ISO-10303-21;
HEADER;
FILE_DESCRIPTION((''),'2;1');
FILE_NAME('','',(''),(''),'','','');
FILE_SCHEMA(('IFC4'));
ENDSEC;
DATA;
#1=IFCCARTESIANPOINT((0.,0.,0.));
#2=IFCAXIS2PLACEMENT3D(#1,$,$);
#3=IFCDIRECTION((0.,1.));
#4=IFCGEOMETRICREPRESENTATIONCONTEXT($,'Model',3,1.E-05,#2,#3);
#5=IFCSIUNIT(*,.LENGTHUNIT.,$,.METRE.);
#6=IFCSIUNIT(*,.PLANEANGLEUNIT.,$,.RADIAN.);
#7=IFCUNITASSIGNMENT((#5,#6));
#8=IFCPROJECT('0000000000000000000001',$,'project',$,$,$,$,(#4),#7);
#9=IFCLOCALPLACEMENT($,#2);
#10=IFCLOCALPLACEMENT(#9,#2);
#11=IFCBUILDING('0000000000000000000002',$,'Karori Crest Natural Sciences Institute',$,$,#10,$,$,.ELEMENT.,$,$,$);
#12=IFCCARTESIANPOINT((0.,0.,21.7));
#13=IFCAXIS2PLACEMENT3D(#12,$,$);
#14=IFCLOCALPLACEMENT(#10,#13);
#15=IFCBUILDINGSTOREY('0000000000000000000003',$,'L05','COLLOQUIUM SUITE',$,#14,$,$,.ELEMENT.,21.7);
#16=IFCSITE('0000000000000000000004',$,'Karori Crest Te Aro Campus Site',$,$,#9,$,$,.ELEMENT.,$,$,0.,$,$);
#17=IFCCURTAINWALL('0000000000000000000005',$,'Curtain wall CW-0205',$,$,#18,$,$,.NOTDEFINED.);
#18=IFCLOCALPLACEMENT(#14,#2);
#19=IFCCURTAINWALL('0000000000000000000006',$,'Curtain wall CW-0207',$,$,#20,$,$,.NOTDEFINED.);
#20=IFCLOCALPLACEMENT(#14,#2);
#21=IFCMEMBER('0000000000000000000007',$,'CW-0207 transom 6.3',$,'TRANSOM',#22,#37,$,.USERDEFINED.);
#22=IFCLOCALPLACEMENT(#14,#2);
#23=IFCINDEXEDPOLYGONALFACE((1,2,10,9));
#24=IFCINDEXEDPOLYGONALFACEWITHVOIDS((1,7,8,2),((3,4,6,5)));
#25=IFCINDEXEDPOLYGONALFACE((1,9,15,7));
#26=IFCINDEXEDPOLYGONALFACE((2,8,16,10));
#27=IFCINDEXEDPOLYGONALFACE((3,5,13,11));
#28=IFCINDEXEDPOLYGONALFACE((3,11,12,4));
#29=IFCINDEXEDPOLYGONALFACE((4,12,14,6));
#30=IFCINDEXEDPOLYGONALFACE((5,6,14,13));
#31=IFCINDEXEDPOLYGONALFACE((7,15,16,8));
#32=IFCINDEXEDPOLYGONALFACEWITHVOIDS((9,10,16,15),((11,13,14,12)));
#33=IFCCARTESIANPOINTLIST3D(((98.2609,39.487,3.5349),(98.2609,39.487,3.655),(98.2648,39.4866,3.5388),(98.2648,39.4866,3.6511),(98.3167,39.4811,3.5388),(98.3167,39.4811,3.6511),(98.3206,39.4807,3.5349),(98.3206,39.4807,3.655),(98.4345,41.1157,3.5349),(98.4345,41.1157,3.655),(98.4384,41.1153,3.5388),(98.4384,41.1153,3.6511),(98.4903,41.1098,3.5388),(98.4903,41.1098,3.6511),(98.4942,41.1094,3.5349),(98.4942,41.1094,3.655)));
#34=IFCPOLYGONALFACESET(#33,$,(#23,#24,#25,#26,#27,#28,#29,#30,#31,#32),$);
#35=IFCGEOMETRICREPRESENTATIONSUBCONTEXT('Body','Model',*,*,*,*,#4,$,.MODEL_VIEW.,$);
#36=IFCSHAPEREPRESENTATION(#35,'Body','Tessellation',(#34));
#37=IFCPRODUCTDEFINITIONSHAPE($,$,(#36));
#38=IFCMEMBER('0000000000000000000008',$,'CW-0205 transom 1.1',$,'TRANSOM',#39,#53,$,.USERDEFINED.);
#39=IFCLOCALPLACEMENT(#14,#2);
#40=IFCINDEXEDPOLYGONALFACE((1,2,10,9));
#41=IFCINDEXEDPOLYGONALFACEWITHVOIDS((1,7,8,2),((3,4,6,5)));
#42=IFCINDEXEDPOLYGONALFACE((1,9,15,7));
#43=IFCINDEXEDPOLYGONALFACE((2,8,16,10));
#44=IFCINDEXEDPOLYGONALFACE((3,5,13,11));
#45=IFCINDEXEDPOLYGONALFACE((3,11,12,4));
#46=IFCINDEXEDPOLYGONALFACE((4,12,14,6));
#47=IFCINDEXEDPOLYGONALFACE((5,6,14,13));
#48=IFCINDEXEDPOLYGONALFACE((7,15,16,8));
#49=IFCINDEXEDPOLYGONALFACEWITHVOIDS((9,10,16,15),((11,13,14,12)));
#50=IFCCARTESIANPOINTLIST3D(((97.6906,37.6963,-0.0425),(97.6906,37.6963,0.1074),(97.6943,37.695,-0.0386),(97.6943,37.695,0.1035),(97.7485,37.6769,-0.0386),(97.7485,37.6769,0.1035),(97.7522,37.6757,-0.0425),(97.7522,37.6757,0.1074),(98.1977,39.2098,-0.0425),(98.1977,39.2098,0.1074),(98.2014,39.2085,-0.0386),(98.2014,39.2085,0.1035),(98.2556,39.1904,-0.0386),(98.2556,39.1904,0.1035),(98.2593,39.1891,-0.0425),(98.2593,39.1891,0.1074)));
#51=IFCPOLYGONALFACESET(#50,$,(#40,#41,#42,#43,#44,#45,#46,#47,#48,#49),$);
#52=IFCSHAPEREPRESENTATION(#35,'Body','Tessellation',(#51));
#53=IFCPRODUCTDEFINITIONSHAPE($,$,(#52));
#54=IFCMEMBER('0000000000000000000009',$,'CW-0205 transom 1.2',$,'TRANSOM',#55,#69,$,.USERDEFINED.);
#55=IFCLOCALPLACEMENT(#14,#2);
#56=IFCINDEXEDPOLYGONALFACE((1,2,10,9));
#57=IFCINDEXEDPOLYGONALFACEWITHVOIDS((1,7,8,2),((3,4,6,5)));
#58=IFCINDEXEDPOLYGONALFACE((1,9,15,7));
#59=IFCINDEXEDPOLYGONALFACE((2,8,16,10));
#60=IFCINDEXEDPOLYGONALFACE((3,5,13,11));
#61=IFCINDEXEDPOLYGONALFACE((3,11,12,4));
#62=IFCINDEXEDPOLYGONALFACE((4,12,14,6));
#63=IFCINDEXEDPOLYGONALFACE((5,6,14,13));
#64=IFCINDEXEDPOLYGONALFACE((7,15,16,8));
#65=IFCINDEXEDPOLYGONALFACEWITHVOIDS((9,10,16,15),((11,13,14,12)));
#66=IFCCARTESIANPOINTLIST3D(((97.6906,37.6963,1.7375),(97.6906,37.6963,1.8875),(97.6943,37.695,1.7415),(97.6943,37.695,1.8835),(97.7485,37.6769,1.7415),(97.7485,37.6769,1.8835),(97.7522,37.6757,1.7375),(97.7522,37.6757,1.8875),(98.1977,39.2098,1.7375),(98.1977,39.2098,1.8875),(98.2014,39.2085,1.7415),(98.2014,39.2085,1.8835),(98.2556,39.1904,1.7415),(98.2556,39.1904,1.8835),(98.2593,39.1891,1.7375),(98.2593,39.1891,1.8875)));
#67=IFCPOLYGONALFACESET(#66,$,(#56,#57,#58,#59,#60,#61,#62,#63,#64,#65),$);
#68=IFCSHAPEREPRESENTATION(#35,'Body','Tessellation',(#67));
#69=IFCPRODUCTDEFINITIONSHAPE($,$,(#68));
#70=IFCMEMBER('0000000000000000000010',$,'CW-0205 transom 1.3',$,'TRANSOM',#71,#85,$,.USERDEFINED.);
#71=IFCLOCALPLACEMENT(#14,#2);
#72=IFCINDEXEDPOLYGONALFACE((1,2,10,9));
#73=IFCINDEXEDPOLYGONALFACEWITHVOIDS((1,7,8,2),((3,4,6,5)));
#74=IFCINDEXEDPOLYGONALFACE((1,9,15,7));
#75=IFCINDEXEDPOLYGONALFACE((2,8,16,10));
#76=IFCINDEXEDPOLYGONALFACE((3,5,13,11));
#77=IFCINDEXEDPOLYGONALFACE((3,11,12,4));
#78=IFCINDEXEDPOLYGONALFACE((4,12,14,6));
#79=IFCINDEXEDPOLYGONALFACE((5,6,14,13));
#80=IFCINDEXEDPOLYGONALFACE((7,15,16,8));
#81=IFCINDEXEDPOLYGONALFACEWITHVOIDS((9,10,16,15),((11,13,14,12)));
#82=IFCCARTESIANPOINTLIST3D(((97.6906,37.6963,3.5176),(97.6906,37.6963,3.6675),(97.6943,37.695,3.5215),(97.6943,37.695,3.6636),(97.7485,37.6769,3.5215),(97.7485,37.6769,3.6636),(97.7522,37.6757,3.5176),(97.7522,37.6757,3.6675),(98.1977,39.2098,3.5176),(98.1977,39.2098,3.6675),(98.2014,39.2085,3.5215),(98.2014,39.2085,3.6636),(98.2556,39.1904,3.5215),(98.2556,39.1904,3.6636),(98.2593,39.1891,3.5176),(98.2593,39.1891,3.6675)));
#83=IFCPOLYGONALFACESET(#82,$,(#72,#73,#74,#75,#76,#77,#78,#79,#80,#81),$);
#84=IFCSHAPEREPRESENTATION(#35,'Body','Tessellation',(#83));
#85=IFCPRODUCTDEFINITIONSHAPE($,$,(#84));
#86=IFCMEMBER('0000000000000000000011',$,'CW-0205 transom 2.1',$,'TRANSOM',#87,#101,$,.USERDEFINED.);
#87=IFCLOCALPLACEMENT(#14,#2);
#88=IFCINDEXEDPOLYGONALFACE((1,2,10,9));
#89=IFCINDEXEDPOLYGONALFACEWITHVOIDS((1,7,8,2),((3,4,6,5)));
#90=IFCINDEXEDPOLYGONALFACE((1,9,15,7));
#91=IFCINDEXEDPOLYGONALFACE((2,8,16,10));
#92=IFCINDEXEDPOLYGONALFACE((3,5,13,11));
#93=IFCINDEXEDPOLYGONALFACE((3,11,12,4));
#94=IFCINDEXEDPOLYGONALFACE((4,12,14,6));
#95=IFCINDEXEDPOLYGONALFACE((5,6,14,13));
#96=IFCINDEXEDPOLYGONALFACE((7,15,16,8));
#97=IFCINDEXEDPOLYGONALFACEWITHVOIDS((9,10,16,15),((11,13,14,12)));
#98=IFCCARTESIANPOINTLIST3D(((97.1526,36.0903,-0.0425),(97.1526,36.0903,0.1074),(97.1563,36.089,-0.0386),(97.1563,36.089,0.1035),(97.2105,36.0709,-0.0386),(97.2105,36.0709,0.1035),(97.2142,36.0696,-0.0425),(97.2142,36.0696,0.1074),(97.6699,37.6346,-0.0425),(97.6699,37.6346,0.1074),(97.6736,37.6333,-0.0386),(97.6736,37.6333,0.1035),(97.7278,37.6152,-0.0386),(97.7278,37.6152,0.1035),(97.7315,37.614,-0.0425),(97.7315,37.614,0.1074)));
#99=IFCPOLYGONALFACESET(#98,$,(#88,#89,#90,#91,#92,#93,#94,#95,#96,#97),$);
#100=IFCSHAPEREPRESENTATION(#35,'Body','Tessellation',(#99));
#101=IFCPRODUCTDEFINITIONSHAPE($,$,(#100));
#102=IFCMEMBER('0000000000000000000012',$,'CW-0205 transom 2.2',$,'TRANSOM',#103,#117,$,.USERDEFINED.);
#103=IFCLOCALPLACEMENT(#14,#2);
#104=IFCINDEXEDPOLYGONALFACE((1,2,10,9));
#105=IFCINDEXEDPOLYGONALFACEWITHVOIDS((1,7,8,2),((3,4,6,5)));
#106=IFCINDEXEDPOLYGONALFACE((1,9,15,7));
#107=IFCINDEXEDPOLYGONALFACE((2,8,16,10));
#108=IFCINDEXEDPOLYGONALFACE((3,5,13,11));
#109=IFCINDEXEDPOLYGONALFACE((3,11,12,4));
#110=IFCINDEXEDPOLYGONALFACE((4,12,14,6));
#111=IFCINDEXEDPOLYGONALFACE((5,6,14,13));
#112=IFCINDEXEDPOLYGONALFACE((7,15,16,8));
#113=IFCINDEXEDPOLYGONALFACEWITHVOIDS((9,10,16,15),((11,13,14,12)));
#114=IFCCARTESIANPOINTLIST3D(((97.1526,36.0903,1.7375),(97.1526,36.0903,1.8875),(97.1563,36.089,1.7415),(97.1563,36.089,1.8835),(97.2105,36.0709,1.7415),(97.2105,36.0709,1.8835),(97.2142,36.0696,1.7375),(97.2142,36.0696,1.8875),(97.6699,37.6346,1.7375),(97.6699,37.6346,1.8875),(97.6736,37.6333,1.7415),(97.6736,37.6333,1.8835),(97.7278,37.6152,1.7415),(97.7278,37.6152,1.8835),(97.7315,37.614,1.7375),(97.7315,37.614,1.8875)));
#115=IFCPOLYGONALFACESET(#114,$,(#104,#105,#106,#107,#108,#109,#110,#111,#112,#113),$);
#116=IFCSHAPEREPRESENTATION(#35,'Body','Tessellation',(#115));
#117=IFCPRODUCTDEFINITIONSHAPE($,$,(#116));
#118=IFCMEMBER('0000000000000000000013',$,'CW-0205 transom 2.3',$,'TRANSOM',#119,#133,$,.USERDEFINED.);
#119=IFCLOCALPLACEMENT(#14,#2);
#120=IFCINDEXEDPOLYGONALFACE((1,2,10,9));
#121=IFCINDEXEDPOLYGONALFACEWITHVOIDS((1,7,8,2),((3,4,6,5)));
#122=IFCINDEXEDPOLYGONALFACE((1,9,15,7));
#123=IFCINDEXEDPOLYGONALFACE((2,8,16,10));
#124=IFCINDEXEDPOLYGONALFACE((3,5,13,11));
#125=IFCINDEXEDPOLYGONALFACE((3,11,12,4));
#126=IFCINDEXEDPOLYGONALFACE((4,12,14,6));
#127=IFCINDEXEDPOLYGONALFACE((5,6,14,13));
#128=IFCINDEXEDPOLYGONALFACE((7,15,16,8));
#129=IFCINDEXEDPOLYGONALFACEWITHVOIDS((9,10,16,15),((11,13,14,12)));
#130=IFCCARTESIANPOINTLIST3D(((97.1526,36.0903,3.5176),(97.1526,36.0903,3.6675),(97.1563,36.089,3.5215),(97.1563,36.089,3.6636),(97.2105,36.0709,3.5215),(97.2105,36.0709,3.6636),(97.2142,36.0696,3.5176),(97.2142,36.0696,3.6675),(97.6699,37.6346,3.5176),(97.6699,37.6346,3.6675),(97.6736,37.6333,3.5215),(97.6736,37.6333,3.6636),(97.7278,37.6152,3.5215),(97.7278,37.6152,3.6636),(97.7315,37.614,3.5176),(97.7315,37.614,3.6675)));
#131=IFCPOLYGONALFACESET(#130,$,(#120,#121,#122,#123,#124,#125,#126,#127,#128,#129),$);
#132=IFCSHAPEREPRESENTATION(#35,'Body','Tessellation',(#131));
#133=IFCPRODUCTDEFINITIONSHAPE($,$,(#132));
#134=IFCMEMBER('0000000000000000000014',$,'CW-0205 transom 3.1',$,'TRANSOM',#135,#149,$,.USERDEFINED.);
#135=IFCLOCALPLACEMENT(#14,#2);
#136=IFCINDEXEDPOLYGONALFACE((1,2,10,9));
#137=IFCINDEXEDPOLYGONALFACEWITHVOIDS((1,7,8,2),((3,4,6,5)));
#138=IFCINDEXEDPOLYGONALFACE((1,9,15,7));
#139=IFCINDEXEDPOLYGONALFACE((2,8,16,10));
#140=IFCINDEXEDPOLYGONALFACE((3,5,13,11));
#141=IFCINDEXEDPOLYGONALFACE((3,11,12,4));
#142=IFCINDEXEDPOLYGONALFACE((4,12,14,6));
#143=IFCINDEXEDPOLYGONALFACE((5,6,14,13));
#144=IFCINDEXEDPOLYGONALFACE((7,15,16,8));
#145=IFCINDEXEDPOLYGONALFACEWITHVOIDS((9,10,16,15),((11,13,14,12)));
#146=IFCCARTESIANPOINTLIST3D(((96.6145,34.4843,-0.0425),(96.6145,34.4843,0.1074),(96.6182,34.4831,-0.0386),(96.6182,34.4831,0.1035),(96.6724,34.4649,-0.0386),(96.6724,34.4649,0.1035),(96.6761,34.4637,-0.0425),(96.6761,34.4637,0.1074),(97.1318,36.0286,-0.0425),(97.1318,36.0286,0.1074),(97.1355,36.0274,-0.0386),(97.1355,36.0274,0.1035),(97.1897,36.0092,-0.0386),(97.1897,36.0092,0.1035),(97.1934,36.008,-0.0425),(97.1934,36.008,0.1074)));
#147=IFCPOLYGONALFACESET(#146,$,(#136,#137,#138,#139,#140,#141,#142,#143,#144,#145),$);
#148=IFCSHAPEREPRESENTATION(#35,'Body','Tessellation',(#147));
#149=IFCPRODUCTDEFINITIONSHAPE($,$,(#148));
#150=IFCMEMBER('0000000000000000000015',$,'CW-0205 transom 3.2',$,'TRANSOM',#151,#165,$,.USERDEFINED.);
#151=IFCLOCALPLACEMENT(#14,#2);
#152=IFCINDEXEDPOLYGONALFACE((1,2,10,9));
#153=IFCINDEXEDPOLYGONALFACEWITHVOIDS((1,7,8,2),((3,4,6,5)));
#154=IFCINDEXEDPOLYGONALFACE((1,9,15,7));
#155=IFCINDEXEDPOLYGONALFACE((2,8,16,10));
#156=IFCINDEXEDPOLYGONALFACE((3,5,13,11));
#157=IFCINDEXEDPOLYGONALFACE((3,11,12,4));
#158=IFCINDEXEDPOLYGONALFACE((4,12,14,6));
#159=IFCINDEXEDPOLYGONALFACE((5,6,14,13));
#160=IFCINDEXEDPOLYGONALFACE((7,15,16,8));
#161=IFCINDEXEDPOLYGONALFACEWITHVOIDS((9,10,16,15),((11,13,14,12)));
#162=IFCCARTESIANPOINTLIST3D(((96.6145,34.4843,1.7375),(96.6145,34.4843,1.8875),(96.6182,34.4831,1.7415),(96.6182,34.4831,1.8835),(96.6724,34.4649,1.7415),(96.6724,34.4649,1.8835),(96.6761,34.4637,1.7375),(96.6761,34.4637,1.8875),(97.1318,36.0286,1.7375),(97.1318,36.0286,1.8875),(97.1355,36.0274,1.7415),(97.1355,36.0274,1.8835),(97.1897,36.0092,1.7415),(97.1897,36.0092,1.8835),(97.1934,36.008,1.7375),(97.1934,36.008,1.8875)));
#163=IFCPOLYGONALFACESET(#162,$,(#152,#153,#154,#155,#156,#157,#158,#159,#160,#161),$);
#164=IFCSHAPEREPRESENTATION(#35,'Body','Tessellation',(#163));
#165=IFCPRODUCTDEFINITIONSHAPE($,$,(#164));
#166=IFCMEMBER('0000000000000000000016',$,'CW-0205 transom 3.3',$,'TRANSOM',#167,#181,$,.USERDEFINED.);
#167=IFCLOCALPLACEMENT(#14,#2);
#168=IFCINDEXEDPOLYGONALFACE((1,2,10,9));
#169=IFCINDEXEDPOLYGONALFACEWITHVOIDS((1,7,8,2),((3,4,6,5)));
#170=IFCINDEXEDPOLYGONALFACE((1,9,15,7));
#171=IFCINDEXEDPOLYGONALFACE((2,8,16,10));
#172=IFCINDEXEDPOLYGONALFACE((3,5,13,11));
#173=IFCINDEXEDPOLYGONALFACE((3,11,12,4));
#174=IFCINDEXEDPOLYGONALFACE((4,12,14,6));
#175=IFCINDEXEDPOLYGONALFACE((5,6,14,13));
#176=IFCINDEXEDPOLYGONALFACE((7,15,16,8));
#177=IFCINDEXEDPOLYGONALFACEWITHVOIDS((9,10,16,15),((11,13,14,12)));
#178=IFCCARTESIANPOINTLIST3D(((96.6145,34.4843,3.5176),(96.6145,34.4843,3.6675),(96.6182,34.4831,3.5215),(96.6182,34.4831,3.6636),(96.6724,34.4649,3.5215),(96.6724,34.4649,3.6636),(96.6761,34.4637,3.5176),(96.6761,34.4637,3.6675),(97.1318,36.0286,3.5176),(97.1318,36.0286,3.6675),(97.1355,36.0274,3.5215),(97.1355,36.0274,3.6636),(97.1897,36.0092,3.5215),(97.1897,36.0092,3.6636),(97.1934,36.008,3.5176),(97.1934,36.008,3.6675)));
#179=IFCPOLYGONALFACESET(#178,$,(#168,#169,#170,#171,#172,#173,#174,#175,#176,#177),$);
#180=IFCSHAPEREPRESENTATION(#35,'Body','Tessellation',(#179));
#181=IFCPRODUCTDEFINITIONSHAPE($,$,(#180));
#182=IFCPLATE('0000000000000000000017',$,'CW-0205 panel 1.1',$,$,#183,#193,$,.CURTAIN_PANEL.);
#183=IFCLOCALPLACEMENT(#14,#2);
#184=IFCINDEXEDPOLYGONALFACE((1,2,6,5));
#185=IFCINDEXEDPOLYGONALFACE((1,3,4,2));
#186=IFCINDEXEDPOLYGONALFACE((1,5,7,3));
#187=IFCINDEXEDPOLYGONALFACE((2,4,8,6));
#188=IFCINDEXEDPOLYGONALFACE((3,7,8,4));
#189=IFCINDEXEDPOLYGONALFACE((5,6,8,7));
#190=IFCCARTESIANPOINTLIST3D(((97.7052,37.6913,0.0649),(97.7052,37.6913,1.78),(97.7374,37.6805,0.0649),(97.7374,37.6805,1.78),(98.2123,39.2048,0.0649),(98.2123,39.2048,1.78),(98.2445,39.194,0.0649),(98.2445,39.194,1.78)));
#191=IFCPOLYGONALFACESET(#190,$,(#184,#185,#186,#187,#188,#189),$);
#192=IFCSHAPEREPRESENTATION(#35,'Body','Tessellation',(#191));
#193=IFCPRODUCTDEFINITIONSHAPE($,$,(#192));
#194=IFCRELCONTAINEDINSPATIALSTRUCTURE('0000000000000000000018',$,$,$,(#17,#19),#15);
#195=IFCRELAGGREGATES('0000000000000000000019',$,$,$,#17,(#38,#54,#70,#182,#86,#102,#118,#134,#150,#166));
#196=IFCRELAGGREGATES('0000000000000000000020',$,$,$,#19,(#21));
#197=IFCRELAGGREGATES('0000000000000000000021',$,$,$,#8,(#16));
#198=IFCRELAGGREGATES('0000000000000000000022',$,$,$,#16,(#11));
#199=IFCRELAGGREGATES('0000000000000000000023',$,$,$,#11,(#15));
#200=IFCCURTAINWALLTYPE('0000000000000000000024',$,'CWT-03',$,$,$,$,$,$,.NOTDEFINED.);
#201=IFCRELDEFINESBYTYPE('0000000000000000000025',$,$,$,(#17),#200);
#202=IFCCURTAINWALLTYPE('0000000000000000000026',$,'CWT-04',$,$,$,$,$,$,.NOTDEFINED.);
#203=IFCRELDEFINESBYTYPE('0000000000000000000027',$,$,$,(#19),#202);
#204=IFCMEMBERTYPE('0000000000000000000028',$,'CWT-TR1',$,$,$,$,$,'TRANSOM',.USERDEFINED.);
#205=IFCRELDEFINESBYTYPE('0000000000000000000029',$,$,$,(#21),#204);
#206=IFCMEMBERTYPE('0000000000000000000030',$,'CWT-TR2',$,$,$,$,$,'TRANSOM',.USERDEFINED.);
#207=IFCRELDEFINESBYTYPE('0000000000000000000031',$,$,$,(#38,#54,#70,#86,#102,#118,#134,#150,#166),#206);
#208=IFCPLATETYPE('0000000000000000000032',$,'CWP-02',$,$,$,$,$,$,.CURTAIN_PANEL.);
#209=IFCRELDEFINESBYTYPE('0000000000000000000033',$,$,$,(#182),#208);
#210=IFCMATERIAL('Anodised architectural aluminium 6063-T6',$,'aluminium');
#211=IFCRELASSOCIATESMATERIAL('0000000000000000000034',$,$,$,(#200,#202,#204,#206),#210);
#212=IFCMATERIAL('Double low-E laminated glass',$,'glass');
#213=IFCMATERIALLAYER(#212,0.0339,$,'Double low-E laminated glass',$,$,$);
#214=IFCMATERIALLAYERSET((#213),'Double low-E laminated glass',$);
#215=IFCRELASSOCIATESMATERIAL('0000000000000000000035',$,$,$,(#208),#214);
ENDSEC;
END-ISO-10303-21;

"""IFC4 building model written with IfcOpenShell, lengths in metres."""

from ifc_helpers import new_model, si_unit, direction, frame, origin, origin_2d, place, context, subcontext, project, spatial, rectangle, hollow_rectangle, extrude, material, layer, layer_set, material_profile, profile_set, type_object, element, aggregate, save


model = new_model("IFC4")

# Units and contexts
model_context = context("Model", 3, precision=1e-05, world=origin(), true_north=direction((0.0, 1.0)))
body_context = subcontext(model_context, "Body", "Model", "MODEL_VIEW")
ifc_project = project(units=[si_unit("LENGTHUNIT", "METRE"), si_unit("PLANEANGLEUNIT", "RADIAN")], contexts=[model_context])

# Site, building, storey
site_placement = place(None, origin())
site = spatial("IfcSite", under=ifc_project, at=site_placement, Name="Karori Crest Te Aro Campus Site", CompositionType="ELEMENT", RefElevation=0.0)
building_placement = place(site_placement, origin())
building = spatial("IfcBuilding", under=site, at=building_placement, Name="Karori Crest Natural Sciences Institute", CompositionType="ELEMENT")
storey_placement = place(building_placement, frame((0.0, 0.0, 21.7)))
storey = spatial("IfcBuildingStorey", under=building, at=storey_placement, Name="L05", Description="COLLOQUIUM SUITE", CompositionType="ELEMENT", Elevation=21.7)

# Curtain walls, member
ifc_material_1 = material(Name="Anodised architectural aluminium 6063-T6", Category="aluminium")
curtain_wall_type_1 = type_object("IfcCurtainWallType", Name="CWT-03", PredefinedType="NOTDEFINED", material=ifc_material_1)
curtain_wall_1_placement = place(storey_placement, origin())
curtain_wall_1 = element("IfcCurtainWall", 1, at=curtain_wall_1_placement, inside=storey, type_object=curtain_wall_type_1, Name="Curtain wall CW-0205", PredefinedType="NOTDEFINED")
curtain_wall_type_2 = type_object("IfcCurtainWallType", Name="CWT-04", PredefinedType="NOTDEFINED", material=ifc_material_1)
curtain_wall_2_placement = place(storey_placement, origin())
curtain_wall_2 = element("IfcCurtainWall", 2, at=curtain_wall_2_placement, inside=storey, type_object=curtain_wall_type_2, Name="Curtain wall CW-0207", PredefinedType="NOTDEFINED")
ifc_material_profile_1 = material_profile(ifc_material_1, hollow_rectangle(XDim=0.0601, YDim=0.1201, WallThickness=0.0039, at=origin_2d()), Name="CWT120x60x4")
ifc_profile_set_1 = profile_set([ifc_material_profile_1], Name="Anodised architectural aluminium 6063-T6")
member_type_1 = type_object("IfcMemberType", Name="CWT-TR1", ElementType="TRANSOM", PredefinedType="USERDEFINED", material=ifc_profile_set_1)
member_1_placement = place(storey_placement, frame((98.4644, 41.1125, 3.595), z_axis=(-0.10598, -0.994368, 0.0), x_axis=(0.994368, -0.10598, 0.0)))
member_1 = element("IfcMember", 3, at=member_1_placement, type_object=member_type_1, Name="CW-0207 transom 6.3", ObjectType="TRANSOM", PredefinedType="USERDEFINED", context=body_context, shape_type="SweptSolid", body=[
    extrude(hollow_rectangle(XDim=0.0601, YDim=0.1201, WallThickness=0.0039, at=origin_2d()), origin(), (0.0, 0.0, 1.0), 1.6379),
])

# Members
ifc_material_profile_2 = material_profile(ifc_material_1, hollow_rectangle(XDim=0.0649, YDim=0.1499, WallThickness=0.0039, at=origin_2d()), Name="CWT150x65x4")
ifc_profile_set_2 = profile_set([ifc_material_profile_2], Name="Anodised architectural aluminium 6063-T6")
member_type_2 = type_object("IfcMemberType", Name="CWT-TR2", ElementType="TRANSOM", PredefinedType="USERDEFINED", material=ifc_profile_set_2)
member_2_placement = place(storey_placement, frame((98.2285, 39.1995, 0.0325), z_axis=(-0.317696, -0.948193, 0.0), x_axis=(0.948193, -0.317696, 0.0)))
member_2 = element("IfcMember", 4, at=member_2_placement, type_object=member_type_2, Name="CW-0205 transom 1.1", ObjectType="TRANSOM", PredefinedType="USERDEFINED", context=body_context, shape_type="SweptSolid", body=[
    extrude(hollow_rectangle(XDim=0.0649, YDim=0.1499, WallThickness=0.0039, at=origin_2d()), origin(), (0.0, 0.0, 1.0), 1.5962),
])
member_3_placement = place(storey_placement, frame((98.2285, 39.1995, 1.8125), z_axis=(-0.317696, -0.948193, 0.0), x_axis=(0.948193, -0.317696, 0.0)))
member_3 = element("IfcMember", 5, at=member_3_placement, type_object=member_type_2, Name="CW-0205 transom 1.2", ObjectType="TRANSOM", PredefinedType="USERDEFINED", context=body_context, shape_type="SweptSolid", body=[
    extrude(hollow_rectangle(XDim=0.0649, YDim=0.1499, WallThickness=0.0039, at=origin_2d()), origin(), (0.0, 0.0, 1.0), 1.5962),
])
member_4_placement = place(storey_placement, frame((98.2285, 39.1995, 3.5925), z_axis=(-0.317696, -0.948193, 0.0), x_axis=(0.948193, -0.317696, 0.0)))
member_4 = element("IfcMember", 6, at=member_4_placement, type_object=member_type_2, Name="CW-0205 transom 1.3", ObjectType="TRANSOM", PredefinedType="USERDEFINED", context=body_context, shape_type="SweptSolid", body=[
    extrude(hollow_rectangle(XDim=0.0649, YDim=0.1499, WallThickness=0.0039, at=origin_2d()), origin(), (0.0, 0.0, 1.0), 1.5962),
])
member_5_placement = place(storey_placement, frame((97.7007, 37.6243, 0.0325), z_axis=(-0.317621, -0.948218, 0.0), x_axis=(0.948218, -0.317621, 0.0)))
member_5 = element("IfcMember", 7, at=member_5_placement, type_object=member_type_2, Name="CW-0205 transom 2.1", ObjectType="TRANSOM", PredefinedType="USERDEFINED", context=body_context, shape_type="SweptSolid", body=[
    extrude(hollow_rectangle(XDim=0.0649, YDim=0.1499, WallThickness=0.0039, at=origin_2d()), origin(), (0.0, 0.0, 1.0), 1.6287),
])
member_6_placement = place(storey_placement, frame((97.7007, 37.6243, 1.8125), z_axis=(-0.317621, -0.948218, 0.0), x_axis=(0.948218, -0.317621, 0.0)))
member_6 = element("IfcMember", 8, at=member_6_placement, type_object=member_type_2, Name="CW-0205 transom 2.2", ObjectType="TRANSOM", PredefinedType="USERDEFINED", context=body_context, shape_type="SweptSolid", body=[
    extrude(hollow_rectangle(XDim=0.0649, YDim=0.1499, WallThickness=0.0039, at=origin_2d()), origin(), (0.0, 0.0, 1.0), 1.6287),
])
member_7_placement = place(storey_placement, frame((97.7007, 37.6243, 3.5925), z_axis=(-0.317621, -0.948218, 0.0), x_axis=(0.948218, -0.317621, 0.0)))
member_7 = element("IfcMember", 9, at=member_7_placement, type_object=member_type_2, Name="CW-0205 transom 2.3", ObjectType="TRANSOM", PredefinedType="USERDEFINED", context=body_context, shape_type="SweptSolid", body=[
    extrude(hollow_rectangle(XDim=0.0649, YDim=0.1499, WallThickness=0.0039, at=origin_2d()), origin(), (0.0, 0.0, 1.0), 1.6287),
])
member_8_placement = place(storey_placement, frame((97.1626, 36.0183, 0.0325), z_axis=(-0.317621, -0.948218, 0.0), x_axis=(0.948218, -0.317621, 0.0)))
member_8 = element("IfcMember", 10, at=member_8_placement, type_object=member_type_2, Name="CW-0205 transom 3.1", ObjectType="TRANSOM", PredefinedType="USERDEFINED", context=body_context, shape_type="SweptSolid", body=[
    extrude(hollow_rectangle(XDim=0.0649, YDim=0.1499, WallThickness=0.0039, at=origin_2d()), origin(), (0.0, 0.0, 1.0), 1.6287),
])
member_9_placement = place(storey_placement, frame((97.1626, 36.0183, 1.8125), z_axis=(-0.317621, -0.948218, 0.0), x_axis=(0.948218, -0.317621, 0.0)))
member_9 = element("IfcMember", 11, at=member_9_placement, type_object=member_type_2, Name="CW-0205 transom 3.2", ObjectType="TRANSOM", PredefinedType="USERDEFINED", context=body_context, shape_type="SweptSolid", body=[
    extrude(hollow_rectangle(XDim=0.0649, YDim=0.1499, WallThickness=0.0039, at=origin_2d()), origin(), (0.0, 0.0, 1.0), 1.6287),
])
member_10_placement = place(storey_placement, frame((97.1626, 36.0183, 3.5925), z_axis=(-0.317621, -0.948218, 0.0), x_axis=(0.948218, -0.317621, 0.0)))
member_10 = element("IfcMember", 12, at=member_10_placement, type_object=member_type_2, Name="CW-0205 transom 3.3", ObjectType="TRANSOM", PredefinedType="USERDEFINED", context=body_context, shape_type="SweptSolid", body=[
    extrude(hollow_rectangle(XDim=0.0649, YDim=0.1499, WallThickness=0.0039, at=origin_2d()), origin(), (0.0, 0.0, 1.0), 1.6287),
])

# Plate
ifc_material_2 = material(Name="Double low-E laminated glass", Category="glass")
ifc_layer_1 = layer(ifc_material_2, 0.0339, Name="Double low-E laminated glass")
ifc_layer_set_1 = layer_set([ifc_layer_1], Name="Double low-E laminated glass")
plate_type_1 = type_object("IfcPlateType", Name="CWP-02", PredefinedType="CURTAIN_PANEL", material=ifc_layer_set_1)
plate_1_placement = place(storey_placement, frame((97.9749, 38.4426, 0.0649), z_axis=(0.0, 0.0, 1.0), x_axis=(-0.31768, -0.948198, 0.0)))
plate_1 = element("IfcPlate", 13, at=plate_1_placement, type_object=plate_type_1, Name="CW-0205 panel 1.1", PredefinedType="CURTAIN_PANEL", context=body_context, shape_type="SweptSolid", body=[
    extrude(rectangle(XDim=1.5962, YDim=0.0339, at=origin_2d()), origin(), (0.0, 0.0, 1.0), 1.7151),
])
aggregate(curtain_wall_1, [member_2, member_3, member_4, plate_1, member_5, member_6, member_7, member_8, member_9, member_10])
aggregate(curtain_wall_2, [member_1])

save(model, "model.ifc")
